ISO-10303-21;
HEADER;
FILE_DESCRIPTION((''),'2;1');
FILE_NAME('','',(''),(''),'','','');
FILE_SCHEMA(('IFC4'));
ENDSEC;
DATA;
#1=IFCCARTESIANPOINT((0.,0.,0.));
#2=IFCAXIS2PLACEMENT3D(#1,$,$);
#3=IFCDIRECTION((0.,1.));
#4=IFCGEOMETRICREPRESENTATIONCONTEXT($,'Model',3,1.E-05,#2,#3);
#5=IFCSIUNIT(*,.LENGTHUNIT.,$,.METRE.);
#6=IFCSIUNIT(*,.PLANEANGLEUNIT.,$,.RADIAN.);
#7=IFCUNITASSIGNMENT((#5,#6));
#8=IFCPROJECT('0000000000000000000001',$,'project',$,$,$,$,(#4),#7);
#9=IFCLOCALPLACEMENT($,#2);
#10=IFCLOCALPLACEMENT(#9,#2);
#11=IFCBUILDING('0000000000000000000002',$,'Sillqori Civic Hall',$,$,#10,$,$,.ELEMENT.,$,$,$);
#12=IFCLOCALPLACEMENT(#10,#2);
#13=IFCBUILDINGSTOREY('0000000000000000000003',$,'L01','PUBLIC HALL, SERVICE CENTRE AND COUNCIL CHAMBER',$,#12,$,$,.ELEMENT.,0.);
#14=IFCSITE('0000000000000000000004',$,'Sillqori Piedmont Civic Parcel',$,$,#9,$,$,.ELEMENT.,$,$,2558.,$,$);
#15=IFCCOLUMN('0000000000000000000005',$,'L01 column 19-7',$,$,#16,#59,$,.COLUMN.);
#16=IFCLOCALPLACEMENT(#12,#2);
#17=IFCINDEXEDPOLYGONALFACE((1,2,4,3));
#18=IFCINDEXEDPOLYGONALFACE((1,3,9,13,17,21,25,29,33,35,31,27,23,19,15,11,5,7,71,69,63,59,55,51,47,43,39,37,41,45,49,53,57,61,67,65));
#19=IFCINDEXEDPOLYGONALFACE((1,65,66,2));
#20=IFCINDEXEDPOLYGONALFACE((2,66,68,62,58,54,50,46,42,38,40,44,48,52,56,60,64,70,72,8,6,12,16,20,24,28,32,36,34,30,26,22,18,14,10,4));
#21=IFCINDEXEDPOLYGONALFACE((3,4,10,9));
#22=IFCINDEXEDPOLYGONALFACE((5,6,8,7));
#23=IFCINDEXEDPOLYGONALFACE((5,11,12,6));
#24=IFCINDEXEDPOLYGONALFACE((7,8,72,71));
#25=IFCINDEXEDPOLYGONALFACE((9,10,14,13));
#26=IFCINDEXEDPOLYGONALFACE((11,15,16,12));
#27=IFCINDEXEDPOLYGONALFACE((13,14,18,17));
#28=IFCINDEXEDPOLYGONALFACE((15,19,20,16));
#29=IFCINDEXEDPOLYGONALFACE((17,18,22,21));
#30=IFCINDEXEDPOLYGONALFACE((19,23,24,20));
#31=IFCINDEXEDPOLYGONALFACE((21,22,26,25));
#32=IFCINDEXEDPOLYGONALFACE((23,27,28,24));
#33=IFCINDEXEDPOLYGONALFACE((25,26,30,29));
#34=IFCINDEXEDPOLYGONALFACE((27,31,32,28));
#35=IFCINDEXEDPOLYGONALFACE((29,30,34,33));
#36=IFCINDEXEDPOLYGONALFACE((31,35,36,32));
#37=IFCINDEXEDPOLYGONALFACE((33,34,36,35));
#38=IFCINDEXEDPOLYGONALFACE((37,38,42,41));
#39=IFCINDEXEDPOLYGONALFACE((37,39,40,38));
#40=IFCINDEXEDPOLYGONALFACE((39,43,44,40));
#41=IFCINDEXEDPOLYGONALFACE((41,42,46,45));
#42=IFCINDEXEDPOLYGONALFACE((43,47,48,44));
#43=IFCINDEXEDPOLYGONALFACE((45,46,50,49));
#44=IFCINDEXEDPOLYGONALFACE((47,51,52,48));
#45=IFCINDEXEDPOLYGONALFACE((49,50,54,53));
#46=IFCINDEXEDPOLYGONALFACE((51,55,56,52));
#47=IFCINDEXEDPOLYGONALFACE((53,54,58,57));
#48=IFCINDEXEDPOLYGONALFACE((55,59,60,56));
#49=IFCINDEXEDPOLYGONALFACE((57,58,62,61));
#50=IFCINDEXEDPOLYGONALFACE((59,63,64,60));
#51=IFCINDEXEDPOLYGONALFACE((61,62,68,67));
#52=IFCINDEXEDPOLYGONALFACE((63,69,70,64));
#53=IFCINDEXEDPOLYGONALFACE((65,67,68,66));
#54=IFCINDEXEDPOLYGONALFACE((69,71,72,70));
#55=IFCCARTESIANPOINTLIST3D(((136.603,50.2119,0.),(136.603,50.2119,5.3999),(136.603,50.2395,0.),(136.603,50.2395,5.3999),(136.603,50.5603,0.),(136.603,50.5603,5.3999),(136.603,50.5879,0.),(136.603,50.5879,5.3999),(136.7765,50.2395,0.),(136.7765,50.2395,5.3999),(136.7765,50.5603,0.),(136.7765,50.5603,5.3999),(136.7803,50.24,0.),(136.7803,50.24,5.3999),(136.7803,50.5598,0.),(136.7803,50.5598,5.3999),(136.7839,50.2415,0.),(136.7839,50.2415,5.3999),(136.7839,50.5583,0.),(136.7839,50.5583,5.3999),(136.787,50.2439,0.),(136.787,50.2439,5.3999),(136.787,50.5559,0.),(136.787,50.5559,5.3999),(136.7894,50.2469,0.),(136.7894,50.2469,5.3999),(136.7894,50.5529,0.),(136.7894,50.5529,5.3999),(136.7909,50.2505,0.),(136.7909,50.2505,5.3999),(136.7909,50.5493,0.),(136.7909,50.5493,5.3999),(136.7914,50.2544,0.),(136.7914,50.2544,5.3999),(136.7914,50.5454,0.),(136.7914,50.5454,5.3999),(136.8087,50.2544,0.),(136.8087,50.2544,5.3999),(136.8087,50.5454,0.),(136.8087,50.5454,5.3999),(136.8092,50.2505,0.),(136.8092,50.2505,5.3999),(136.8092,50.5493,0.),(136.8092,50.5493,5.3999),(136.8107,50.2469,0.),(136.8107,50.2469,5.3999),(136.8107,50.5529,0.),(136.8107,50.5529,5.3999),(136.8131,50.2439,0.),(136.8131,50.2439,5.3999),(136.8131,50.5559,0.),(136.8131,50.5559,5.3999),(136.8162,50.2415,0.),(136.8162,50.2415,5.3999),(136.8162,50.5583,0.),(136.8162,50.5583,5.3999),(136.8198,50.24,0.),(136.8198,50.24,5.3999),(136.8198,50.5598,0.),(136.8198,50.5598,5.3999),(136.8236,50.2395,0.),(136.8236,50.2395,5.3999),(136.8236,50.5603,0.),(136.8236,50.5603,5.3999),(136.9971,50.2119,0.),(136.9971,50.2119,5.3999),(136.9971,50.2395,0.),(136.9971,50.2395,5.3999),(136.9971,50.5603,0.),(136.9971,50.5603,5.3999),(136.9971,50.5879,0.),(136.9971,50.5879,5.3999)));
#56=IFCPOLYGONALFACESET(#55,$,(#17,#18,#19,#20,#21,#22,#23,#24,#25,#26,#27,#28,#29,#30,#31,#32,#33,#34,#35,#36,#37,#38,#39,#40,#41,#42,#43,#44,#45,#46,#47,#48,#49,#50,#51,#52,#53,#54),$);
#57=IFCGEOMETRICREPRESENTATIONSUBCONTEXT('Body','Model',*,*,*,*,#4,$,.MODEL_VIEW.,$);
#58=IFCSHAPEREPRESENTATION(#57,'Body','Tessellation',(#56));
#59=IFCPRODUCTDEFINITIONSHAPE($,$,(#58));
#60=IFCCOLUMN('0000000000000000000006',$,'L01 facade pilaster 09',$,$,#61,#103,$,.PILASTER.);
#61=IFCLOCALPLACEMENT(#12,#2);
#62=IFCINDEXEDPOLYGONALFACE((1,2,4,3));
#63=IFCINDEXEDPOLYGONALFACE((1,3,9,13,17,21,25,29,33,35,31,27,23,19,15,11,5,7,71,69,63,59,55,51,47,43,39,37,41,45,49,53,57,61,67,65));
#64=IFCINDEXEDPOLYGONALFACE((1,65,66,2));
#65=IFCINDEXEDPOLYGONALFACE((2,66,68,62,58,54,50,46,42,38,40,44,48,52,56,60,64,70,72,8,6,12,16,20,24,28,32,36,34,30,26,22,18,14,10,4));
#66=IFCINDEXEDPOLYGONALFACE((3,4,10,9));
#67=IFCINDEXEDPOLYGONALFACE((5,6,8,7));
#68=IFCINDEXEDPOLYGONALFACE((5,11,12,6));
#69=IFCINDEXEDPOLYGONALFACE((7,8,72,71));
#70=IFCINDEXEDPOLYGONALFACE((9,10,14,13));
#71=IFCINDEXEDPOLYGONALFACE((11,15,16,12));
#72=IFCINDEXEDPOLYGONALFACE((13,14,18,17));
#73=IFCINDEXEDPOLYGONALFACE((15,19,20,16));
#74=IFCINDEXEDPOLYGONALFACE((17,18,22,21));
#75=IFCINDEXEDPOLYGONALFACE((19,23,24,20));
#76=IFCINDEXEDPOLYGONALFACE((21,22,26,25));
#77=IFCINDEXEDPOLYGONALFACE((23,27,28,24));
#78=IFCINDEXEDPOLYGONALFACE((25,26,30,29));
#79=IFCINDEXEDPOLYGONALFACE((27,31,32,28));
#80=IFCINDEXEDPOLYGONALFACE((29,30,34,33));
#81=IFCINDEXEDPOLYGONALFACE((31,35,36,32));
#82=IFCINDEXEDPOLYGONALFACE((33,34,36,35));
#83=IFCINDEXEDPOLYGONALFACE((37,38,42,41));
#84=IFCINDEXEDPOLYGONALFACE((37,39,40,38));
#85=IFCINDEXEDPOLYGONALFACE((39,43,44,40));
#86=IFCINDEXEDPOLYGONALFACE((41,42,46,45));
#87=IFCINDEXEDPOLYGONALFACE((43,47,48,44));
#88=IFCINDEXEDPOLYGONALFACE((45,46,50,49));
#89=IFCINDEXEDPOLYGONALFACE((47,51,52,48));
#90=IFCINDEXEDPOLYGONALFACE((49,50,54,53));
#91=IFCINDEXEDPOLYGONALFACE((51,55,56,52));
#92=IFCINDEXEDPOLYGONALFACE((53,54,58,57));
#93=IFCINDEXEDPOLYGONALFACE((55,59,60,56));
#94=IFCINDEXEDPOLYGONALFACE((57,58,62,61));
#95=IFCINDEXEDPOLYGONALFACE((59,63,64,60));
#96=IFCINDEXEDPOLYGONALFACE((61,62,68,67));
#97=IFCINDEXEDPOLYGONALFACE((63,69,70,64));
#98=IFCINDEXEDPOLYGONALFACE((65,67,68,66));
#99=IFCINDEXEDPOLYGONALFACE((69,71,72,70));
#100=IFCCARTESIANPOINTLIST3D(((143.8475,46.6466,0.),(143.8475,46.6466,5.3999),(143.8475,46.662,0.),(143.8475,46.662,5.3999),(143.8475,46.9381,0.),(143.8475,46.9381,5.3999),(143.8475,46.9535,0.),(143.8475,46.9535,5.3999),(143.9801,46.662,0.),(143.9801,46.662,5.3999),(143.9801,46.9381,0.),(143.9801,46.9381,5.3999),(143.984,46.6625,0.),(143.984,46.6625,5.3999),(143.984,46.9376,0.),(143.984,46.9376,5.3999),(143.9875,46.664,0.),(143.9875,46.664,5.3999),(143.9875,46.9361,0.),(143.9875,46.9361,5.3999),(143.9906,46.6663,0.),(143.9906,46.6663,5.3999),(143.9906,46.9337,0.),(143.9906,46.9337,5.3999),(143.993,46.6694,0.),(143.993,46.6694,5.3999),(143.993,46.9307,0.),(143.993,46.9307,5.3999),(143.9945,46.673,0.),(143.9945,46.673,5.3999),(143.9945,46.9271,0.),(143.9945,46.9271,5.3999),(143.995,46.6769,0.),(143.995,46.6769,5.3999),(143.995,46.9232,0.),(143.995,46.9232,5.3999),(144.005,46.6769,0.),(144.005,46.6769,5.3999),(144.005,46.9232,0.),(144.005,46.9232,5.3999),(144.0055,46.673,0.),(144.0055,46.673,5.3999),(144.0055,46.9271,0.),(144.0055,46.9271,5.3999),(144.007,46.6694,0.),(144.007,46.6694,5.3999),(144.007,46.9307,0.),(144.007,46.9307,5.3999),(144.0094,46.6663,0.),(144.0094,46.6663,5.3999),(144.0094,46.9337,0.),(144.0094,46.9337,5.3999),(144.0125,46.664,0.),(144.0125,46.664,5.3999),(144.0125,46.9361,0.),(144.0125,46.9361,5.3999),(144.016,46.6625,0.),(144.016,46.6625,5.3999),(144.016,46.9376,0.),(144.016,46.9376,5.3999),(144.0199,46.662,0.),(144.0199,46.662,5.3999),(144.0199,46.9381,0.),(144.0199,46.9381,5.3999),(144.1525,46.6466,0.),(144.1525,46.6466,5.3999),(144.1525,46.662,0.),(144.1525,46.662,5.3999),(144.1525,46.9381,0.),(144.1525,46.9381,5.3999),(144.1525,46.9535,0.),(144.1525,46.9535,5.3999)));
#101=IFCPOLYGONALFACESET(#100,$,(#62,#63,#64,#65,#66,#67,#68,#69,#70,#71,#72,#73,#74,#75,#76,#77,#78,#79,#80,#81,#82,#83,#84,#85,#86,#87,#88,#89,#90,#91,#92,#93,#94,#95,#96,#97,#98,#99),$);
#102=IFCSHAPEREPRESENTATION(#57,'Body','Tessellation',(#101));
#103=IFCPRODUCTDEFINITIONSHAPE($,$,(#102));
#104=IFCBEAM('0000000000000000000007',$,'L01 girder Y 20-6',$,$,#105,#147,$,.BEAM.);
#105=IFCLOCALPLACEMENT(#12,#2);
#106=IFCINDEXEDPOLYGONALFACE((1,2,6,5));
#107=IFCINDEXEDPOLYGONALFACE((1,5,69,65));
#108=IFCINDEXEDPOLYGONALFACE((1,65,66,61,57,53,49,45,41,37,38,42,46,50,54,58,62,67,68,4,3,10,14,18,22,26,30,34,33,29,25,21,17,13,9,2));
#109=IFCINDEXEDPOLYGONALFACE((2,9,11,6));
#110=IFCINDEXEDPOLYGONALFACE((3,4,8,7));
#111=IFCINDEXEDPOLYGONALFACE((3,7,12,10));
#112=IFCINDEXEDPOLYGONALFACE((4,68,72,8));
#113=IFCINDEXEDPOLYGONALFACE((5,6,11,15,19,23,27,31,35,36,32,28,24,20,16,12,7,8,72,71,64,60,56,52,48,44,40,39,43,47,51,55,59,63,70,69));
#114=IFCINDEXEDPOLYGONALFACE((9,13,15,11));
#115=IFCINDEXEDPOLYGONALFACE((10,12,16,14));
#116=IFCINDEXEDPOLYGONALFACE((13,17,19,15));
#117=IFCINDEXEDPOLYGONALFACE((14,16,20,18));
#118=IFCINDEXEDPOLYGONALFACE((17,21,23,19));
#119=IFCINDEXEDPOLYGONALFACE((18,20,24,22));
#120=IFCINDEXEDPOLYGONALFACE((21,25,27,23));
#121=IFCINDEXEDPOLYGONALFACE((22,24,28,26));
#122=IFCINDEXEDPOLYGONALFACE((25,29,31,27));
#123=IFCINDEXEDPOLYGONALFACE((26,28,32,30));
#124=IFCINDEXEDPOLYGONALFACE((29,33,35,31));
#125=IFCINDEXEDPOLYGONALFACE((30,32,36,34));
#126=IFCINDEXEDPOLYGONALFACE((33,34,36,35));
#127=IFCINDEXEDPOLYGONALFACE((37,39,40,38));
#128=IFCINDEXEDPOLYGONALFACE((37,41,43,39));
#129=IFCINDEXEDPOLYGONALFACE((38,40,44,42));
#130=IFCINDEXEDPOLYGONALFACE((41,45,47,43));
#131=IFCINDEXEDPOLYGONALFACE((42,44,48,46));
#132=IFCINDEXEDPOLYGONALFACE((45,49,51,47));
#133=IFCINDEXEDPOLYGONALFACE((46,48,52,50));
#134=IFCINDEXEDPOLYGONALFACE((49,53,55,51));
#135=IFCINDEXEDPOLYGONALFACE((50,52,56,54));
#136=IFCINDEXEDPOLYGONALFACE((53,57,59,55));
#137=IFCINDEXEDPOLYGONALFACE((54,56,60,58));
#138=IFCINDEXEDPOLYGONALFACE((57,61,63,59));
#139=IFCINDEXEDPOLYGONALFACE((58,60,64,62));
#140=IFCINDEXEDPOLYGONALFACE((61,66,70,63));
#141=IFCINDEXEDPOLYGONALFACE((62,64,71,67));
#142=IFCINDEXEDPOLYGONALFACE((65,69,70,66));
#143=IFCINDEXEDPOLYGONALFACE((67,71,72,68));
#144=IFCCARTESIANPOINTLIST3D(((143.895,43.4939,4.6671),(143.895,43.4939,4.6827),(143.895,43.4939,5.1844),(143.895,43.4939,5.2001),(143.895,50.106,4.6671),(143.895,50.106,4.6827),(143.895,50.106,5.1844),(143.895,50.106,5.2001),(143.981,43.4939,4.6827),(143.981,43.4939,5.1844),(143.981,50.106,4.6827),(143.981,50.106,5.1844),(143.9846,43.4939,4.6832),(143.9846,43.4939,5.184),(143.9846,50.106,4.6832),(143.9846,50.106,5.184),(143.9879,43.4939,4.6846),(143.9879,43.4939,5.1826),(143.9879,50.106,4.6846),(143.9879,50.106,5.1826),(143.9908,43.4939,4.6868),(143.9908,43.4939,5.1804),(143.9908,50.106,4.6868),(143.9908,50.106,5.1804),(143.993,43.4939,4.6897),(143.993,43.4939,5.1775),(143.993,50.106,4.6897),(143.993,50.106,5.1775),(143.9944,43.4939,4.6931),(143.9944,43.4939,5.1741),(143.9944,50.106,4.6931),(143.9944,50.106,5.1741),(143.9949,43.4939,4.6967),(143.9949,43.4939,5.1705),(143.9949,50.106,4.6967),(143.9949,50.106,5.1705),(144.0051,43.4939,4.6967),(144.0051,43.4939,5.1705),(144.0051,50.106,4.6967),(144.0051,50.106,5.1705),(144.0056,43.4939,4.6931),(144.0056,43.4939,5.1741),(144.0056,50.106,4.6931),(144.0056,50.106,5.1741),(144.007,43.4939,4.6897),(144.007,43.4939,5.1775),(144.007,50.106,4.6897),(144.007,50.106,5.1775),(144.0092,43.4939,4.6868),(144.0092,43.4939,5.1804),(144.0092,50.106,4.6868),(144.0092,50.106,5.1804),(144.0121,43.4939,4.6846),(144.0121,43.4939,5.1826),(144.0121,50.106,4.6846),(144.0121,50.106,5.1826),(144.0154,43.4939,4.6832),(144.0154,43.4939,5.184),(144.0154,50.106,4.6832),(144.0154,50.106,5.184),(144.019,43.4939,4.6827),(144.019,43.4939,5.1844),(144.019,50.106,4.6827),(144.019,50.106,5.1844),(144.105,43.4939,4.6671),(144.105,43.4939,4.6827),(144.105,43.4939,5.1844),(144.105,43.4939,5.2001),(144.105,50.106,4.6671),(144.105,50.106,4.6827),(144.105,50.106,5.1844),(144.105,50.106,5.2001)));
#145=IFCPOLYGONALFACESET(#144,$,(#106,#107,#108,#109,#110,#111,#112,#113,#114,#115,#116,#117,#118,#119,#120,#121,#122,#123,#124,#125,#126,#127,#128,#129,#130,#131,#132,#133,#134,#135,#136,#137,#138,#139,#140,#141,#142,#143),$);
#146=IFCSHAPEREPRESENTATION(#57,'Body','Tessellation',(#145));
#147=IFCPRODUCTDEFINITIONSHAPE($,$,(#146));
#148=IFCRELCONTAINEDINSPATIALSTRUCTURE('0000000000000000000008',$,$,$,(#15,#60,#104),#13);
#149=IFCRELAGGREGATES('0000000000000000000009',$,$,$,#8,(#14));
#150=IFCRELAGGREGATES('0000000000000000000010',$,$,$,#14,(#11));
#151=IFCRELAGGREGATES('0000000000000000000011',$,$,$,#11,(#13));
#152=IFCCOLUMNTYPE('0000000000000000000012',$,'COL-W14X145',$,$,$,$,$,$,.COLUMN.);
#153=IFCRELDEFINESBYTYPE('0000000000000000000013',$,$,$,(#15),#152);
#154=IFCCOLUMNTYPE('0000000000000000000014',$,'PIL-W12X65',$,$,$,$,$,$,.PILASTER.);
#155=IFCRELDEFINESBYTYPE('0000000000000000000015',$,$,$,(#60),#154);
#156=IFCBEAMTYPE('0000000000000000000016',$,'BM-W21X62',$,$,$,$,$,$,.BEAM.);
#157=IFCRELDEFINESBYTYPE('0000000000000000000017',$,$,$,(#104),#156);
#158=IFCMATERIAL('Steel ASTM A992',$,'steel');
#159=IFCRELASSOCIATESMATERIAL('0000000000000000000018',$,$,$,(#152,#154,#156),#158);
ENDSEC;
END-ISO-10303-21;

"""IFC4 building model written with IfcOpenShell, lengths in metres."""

from ifc_helpers import new_model, si_unit, direction, frame, origin, origin_2d, place, context, subcontext, project, spatial, i_section, extrude, material, material_profile, profile_set, type_object, element, save


model = new_model("IFC4")

# Units and contexts
model_context = context("Model", 3, precision=1e-05, world=origin(), true_north=direction((0.0, 1.0)))
body_context = subcontext(model_context, "Body", "Model", "MODEL_VIEW")
ifc_project = project(units=[si_unit("LENGTHUNIT", "METRE"), si_unit("PLANEANGLEUNIT", "RADIAN")], contexts=[model_context])

# Site, building, storey
site_placement = place(None, origin())
site = spatial("IfcSite", under=ifc_project, at=site_placement, Name="Sillqori Piedmont Civic Parcel", CompositionType="ELEMENT", RefElevation=2558.0)
building_placement = place(site_placement, origin())
building = spatial("IfcBuilding", under=site, at=building_placement, Name="Sillqori Civic Hall", CompositionType="ELEMENT")
storey_placement = place(building_placement, origin())
storey = spatial("IfcBuildingStorey", under=building, at=storey_placement, Name="L01", Description="PUBLIC HALL, SERVICE CENTRE AND COUNCIL CHAMBER", CompositionType="ELEMENT", Elevation=0.0)

# Columns
ifc_material_1 = material(Name="Steel ASTM A992", Category="steel")
ifc_material_profile_1 = material_profile(ifc_material_1, i_section(OverallWidth=0.394, OverallDepth=0.376, WebThickness=0.0173, FlangeThickness=0.0276, FilletRadius=0.0149, at=origin_2d()), Name="W14X145")
ifc_profile_set_1 = profile_set([ifc_material_profile_1], Name="Steel ASTM A992")
column_type_1 = type_object("IfcColumnType", Name="COL-W14X145", PredefinedType="COLUMN", material=ifc_profile_set_1)
column_1_placement = place(storey_placement, frame((136.8, 50.3999, 0.0), z_axis=(0.0, 0.0, 1.0), x_axis=(1.0, 0.0, 0.0)))
element("IfcColumn", 1, at=column_1_placement, inside=storey, type_object=column_type_1, Name="L01 column 19-7", PredefinedType="COLUMN", context=body_context, shape_type="SweptSolid", body=[
    extrude(i_section(OverallWidth=0.394, OverallDepth=0.376, WebThickness=0.0173, FlangeThickness=0.0276, FilletRadius=0.0149, at=origin_2d()), origin(), (0.0, 0.0, 1.0), 5.3999),
])
ifc_material_profile_2 = material_profile(ifc_material_1, i_section(OverallWidth=0.3049, OverallDepth=0.3069, WebThickness=0.01, FlangeThickness=0.0154, FilletRadius=0.0149, at=origin_2d()), Name="W12X65")
ifc_profile_set_2 = profile_set([ifc_material_profile_2], Name="Steel ASTM A992")
column_type_2 = type_object("IfcColumnType", Name="PIL-W12X65", PredefinedType="PILASTER", material=ifc_profile_set_2)
column_2_placement = place(storey_placement, frame((144.0, 46.8, 0.0), z_axis=(0.0, 0.0, 1.0), x_axis=(1.0, 0.0, 0.0)))
element("IfcColumn", 2, at=column_2_placement, inside=storey, type_object=column_type_2, Name="L01 facade pilaster 09", PredefinedType="PILASTER", context=body_context, shape_type="SweptSolid", body=[
    extrude(i_section(OverallWidth=0.3049, OverallDepth=0.3069, WebThickness=0.01, FlangeThickness=0.0154, FilletRadius=0.0149, at=origin_2d()), origin(), (0.0, 0.0, 1.0), 5.3999),
])

# Beam
ifc_material_profile_3 = material_profile(ifc_material_1, i_section(OverallWidth=0.21, OverallDepth=0.533, WebThickness=0.0103, FlangeThickness=0.0156, FilletRadius=0.0139, at=origin_2d()), Name="W21X62")
ifc_profile_set_3 = profile_set([ifc_material_profile_3], Name="Steel ASTM A992")
beam_type_1 = type_object("IfcBeamType", Name="BM-W21X62", PredefinedType="BEAM", material=ifc_profile_set_3)
beam_1_placement = place(storey_placement, frame((144.0, 43.4939, 4.9336), z_axis=(0.0, 1.0, 0.0), x_axis=(-1.0, 0.0, 0.0)))
element("IfcBeam", 3, at=beam_1_placement, inside=storey, type_object=beam_type_1, Name="L01 girder Y 20-6", PredefinedType="BEAM", context=body_context, shape_type="SweptSolid", body=[
    extrude(i_section(OverallWidth=0.21, OverallDepth=0.533, WebThickness=0.0103, FlangeThickness=0.0156, FilletRadius=0.0139, at=origin_2d()), origin(), (0.0, 0.0, 1.0), 6.6121),
])

save(model, "model.ifc")
